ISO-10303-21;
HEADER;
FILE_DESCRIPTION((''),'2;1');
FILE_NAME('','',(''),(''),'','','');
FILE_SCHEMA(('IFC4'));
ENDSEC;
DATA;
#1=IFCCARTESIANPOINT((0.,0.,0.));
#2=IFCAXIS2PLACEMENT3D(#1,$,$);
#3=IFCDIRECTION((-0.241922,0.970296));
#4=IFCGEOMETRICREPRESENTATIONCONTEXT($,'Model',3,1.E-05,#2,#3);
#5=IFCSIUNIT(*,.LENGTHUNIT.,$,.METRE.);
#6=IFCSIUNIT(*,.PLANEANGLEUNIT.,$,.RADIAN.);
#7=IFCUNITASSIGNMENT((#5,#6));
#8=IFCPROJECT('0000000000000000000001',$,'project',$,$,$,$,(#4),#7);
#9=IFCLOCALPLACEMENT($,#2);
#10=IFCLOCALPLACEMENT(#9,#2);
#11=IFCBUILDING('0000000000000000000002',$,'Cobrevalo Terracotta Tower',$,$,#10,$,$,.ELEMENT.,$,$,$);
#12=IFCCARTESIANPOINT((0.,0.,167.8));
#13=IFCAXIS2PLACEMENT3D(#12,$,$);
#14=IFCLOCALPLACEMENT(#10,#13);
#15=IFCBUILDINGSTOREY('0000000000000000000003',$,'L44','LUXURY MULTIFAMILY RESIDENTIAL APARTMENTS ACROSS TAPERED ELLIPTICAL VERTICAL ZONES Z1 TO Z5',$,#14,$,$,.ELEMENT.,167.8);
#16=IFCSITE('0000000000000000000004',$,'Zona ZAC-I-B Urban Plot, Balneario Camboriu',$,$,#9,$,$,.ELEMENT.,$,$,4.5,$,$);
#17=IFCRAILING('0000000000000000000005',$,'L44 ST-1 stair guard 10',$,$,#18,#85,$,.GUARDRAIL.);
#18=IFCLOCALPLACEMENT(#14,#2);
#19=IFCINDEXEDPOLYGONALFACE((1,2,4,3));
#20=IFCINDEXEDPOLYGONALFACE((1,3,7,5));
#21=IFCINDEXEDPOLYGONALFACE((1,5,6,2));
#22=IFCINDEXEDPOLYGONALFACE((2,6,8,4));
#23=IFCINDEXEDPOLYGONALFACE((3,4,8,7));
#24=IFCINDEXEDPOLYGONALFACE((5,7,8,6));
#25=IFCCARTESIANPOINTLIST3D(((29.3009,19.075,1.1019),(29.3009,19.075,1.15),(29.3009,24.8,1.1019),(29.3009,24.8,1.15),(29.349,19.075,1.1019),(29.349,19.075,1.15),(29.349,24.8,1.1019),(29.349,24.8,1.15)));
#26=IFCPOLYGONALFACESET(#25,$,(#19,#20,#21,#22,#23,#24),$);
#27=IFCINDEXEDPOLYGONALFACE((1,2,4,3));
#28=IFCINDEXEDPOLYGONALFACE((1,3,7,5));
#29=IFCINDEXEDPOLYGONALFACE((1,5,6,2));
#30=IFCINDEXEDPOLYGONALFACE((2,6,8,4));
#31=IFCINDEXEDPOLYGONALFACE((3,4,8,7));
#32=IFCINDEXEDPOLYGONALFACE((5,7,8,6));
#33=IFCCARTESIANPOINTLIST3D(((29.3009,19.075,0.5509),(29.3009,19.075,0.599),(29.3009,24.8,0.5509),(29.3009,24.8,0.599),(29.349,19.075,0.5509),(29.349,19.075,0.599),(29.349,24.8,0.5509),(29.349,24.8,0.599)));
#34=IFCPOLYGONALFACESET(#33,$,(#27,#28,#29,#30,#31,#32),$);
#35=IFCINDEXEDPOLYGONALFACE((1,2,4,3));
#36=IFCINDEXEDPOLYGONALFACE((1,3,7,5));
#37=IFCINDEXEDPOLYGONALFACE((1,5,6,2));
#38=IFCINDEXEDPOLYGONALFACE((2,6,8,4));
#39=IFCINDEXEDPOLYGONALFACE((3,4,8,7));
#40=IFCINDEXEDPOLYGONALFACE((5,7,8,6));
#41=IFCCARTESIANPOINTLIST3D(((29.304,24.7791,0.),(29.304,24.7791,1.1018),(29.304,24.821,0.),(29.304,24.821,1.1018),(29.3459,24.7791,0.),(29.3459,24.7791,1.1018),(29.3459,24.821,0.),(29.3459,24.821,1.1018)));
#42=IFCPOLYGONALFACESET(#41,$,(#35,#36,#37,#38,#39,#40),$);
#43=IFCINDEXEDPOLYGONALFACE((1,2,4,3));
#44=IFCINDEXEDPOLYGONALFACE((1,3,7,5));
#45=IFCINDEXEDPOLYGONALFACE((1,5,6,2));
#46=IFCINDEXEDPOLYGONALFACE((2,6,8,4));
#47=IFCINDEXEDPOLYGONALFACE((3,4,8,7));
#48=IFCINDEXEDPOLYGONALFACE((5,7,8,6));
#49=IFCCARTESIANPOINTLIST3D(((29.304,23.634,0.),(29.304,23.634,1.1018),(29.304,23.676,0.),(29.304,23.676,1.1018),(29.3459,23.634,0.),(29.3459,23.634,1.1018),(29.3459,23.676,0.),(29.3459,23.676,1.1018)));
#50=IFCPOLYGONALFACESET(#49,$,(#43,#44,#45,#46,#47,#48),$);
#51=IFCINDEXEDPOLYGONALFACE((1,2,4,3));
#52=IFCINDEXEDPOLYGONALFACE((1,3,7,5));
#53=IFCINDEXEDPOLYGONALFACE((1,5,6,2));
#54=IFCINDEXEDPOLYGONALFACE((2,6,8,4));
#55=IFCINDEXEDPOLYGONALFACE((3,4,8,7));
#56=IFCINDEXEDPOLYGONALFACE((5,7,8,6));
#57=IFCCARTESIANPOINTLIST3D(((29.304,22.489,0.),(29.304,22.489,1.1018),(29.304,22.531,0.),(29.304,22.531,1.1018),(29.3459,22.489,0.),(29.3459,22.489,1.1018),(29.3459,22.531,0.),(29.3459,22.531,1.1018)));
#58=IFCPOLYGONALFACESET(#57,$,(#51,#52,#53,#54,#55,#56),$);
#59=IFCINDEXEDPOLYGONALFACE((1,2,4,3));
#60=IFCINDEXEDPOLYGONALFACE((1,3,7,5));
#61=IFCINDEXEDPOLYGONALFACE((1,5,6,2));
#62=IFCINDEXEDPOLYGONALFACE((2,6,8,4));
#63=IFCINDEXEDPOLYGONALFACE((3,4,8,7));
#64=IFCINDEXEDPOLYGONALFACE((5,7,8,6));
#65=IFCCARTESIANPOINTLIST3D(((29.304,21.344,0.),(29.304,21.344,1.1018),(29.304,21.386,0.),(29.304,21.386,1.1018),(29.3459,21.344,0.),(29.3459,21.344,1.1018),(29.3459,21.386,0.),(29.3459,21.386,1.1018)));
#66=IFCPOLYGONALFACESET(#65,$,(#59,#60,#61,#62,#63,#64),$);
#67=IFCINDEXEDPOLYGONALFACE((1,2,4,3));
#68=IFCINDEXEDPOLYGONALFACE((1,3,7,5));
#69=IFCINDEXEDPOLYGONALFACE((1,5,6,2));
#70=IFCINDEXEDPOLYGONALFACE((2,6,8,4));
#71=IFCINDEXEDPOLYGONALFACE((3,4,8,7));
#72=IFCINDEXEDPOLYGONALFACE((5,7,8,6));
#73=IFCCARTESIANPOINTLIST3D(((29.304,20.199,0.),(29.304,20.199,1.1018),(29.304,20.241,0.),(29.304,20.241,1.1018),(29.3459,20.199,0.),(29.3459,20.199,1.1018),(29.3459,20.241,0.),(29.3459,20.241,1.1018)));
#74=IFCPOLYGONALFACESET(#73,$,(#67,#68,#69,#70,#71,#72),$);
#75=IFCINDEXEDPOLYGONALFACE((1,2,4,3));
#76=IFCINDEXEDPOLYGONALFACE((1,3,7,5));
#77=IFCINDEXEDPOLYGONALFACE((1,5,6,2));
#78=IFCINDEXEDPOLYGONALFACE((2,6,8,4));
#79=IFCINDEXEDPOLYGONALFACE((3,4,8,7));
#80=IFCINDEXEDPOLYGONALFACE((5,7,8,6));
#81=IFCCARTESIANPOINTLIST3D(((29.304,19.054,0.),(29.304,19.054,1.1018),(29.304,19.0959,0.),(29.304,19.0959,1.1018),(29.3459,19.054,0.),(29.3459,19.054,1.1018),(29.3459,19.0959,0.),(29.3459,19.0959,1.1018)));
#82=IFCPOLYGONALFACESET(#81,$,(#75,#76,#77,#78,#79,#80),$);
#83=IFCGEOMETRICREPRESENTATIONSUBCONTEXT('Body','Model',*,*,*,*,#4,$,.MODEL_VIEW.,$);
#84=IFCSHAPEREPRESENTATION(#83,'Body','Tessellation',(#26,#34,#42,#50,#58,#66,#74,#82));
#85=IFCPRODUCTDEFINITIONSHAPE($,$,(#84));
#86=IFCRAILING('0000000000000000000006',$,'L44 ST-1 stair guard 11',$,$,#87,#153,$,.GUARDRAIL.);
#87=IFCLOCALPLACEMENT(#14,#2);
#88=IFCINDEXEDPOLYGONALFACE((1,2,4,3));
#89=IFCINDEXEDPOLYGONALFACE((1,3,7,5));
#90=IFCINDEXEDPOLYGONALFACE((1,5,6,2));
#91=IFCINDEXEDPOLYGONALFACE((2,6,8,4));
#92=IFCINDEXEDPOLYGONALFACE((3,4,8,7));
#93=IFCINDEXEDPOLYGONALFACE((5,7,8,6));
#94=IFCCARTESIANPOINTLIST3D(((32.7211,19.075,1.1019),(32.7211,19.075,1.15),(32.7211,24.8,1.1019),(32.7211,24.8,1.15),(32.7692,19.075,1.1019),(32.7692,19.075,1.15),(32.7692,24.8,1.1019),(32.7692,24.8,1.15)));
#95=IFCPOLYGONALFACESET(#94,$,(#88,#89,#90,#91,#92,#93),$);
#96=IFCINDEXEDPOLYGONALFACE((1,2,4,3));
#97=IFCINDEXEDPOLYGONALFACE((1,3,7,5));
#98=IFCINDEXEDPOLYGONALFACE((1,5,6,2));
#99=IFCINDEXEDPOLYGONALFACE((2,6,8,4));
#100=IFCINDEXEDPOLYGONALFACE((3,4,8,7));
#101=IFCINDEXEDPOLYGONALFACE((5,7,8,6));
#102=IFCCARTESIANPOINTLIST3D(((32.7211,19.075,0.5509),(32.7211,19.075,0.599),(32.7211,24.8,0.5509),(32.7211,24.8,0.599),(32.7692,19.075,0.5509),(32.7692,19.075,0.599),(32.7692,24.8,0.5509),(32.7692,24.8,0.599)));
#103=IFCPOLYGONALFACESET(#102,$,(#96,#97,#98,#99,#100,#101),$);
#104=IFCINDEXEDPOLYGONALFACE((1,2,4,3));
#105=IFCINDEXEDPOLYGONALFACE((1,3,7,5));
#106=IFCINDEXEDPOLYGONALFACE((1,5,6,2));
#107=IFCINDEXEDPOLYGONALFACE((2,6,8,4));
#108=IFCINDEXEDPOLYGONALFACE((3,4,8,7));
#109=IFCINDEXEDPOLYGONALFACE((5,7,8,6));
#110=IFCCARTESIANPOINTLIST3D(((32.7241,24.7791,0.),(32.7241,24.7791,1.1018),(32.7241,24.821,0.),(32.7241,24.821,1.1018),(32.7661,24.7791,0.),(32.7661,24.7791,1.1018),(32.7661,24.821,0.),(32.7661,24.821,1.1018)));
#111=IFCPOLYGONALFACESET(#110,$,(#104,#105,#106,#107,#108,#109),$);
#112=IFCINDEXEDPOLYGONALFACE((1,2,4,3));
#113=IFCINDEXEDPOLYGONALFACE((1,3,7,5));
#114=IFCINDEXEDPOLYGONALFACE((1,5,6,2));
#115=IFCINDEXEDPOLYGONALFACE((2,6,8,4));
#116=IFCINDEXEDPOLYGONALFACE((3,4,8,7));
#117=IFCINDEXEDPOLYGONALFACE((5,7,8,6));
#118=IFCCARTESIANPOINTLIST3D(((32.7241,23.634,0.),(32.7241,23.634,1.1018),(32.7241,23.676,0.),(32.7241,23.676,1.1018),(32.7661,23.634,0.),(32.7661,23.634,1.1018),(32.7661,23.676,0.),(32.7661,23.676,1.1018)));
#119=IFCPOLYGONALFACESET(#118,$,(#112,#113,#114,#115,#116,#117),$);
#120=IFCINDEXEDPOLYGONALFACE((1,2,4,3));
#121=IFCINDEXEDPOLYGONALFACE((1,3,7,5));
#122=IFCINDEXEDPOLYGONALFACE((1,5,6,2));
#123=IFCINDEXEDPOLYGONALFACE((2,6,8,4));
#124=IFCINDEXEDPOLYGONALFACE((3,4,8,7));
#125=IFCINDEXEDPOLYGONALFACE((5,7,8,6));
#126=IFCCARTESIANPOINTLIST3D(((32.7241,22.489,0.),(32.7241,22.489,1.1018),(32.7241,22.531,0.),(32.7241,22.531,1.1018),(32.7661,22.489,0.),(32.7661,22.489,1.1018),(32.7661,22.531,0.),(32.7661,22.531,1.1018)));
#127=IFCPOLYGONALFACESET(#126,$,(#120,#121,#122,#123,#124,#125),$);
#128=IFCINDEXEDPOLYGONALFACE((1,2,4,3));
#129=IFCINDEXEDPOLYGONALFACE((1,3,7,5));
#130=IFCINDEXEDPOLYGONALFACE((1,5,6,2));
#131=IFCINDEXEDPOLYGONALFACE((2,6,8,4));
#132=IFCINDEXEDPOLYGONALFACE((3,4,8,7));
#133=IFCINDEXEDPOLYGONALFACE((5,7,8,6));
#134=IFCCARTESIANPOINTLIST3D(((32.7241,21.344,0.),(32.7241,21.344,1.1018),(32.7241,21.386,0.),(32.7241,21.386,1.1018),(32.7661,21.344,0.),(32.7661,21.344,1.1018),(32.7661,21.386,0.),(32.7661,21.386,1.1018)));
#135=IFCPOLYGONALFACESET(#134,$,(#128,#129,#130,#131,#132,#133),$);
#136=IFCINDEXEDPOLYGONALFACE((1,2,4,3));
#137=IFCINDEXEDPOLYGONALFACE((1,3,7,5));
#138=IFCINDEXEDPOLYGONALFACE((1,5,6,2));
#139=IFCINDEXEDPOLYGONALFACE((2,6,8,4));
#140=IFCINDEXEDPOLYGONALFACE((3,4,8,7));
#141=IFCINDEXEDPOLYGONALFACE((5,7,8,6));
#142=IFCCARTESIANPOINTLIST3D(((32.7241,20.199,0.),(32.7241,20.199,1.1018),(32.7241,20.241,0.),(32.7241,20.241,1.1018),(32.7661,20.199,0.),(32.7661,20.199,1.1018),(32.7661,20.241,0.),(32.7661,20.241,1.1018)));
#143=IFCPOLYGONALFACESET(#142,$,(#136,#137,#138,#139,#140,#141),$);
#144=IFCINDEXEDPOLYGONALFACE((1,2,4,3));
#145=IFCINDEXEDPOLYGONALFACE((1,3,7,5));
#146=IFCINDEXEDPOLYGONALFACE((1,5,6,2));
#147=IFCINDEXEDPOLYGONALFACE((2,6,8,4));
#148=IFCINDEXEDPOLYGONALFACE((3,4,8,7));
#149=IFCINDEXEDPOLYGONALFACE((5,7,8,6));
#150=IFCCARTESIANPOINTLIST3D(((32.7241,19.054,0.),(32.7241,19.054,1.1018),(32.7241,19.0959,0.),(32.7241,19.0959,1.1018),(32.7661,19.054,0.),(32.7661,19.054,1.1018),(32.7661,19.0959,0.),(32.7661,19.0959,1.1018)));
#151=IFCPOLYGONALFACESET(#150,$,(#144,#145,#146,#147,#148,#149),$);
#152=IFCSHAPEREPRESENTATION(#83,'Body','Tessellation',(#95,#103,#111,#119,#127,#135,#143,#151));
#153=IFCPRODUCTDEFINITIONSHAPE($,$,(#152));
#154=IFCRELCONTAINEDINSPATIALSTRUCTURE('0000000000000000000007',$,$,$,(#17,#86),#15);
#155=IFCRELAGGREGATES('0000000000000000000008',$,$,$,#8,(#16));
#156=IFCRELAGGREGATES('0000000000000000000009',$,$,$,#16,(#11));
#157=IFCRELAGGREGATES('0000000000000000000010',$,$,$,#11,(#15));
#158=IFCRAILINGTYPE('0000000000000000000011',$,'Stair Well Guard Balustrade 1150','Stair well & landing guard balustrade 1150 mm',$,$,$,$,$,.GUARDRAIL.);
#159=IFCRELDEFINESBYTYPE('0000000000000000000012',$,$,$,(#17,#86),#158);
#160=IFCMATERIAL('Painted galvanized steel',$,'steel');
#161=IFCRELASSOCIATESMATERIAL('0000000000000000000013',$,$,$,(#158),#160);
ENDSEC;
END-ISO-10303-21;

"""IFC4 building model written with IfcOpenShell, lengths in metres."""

from ifc_helpers import new_model, si_unit, direction, frame, origin, origin_2d, place, context, subcontext, project, spatial, rectangle, extrude, material, type_object, element, save


model = new_model("IFC4")

# Units and contexts
model_context = context("Model", 3, precision=1e-05, world=origin(), true_north=direction((-0.241922, 0.970296)))
body_context = subcontext(model_context, "Body", "Model", "MODEL_VIEW")
ifc_project = project(units=[si_unit("LENGTHUNIT", "METRE"), si_unit("PLANEANGLEUNIT", "RADIAN")], contexts=[model_context])

# Site, building, storey
site_placement = place(None, origin())
site = spatial("IfcSite", under=ifc_project, at=site_placement, Name="Zona ZAC-I-B Urban Plot, Balneario Camboriu", CompositionType="ELEMENT", RefElevation=4.5)
building_placement = place(site_placement, origin())
building = spatial("IfcBuilding", under=site, at=building_placement, Name="Cobrevalo Terracotta Tower", CompositionType="ELEMENT")
storey_placement = place(building_placement, frame((0.0, 0.0, 167.8)))
storey = spatial("IfcBuildingStorey", under=building, at=storey_placement, Name="L44", Description="LUXURY MULTIFAMILY RESIDENTIAL APARTMENTS ACROSS TAPERED ELLIPTICAL VERTICAL ZONES Z1 TO Z5", CompositionType="ELEMENT", Elevation=167.8)

# Railings
ifc_material_1 = material(Name="Painted galvanized steel", Category="steel")
railing_type_1 = type_object("IfcRailingType", Name="Stair Well Guard Balustrade 1150", Description="Stair well & landing guard balustrade 1150 mm", PredefinedType="GUARDRAIL", material=ifc_material_1)
for number, where, name in (
    (1, (29.325, 24.8, 0.0), "L44 ST-1 stair guard 10"),
    (2, (32.7451, 24.8, 0.0), "L44 ST-1 stair guard 11"),
):
    element("IfcRailing", number, at=place(storey_placement, frame(where)), inside=storey, type_object=railing_type_1, Name=name, PredefinedType="GUARDRAIL", context=body_context, shape_type="SweptSolid", body=[
        extrude(rectangle(XDim=0.0481, YDim=0.0481, at=origin_2d()), frame((0.0, 0.0, 1.126), z_axis=(0.0, -1.0, 0.0), x_axis=(1.0, 0.0, 0.0)), (0.0, 0.0, 1.0), 5.7251),
        extrude(rectangle(XDim=0.0481, YDim=0.0481, at=origin_2d()), frame((0.0, 0.0, 0.575), z_axis=(0.0, -1.0, 0.0), x_axis=(1.0, 0.0, 0.0)), (0.0, 0.0, 1.0), 5.7251),
        extrude(rectangle(XDim=0.042, YDim=0.042, at=origin_2d()), origin(), (0.0, 0.0, 1.0), 1.1018),
        extrude(rectangle(XDim=0.042, YDim=0.042, at=origin_2d()), frame((0.0, -1.145, 0.0)), (0.0, 0.0, 1.0), 1.1018),
        extrude(rectangle(XDim=0.042, YDim=0.042, at=origin_2d()), frame((0.0, -2.29, 0.0)), (0.0, 0.0, 1.0), 1.1018),
        extrude(rectangle(XDim=0.042, YDim=0.042, at=origin_2d()), frame((0.0, -3.4351, 0.0)), (0.0, 0.0, 1.0), 1.1018),
        extrude(rectangle(XDim=0.042, YDim=0.042, at=origin_2d()), frame((0.0, -4.5801, 0.0)), (0.0, 0.0, 1.0), 1.1018),
        extrude(rectangle(XDim=0.042, YDim=0.042, at=origin_2d()), frame((0.0, -5.7251, 0.0)), (0.0, 0.0, 1.0), 1.1018),
    ])

save(model, "model.ifc")
